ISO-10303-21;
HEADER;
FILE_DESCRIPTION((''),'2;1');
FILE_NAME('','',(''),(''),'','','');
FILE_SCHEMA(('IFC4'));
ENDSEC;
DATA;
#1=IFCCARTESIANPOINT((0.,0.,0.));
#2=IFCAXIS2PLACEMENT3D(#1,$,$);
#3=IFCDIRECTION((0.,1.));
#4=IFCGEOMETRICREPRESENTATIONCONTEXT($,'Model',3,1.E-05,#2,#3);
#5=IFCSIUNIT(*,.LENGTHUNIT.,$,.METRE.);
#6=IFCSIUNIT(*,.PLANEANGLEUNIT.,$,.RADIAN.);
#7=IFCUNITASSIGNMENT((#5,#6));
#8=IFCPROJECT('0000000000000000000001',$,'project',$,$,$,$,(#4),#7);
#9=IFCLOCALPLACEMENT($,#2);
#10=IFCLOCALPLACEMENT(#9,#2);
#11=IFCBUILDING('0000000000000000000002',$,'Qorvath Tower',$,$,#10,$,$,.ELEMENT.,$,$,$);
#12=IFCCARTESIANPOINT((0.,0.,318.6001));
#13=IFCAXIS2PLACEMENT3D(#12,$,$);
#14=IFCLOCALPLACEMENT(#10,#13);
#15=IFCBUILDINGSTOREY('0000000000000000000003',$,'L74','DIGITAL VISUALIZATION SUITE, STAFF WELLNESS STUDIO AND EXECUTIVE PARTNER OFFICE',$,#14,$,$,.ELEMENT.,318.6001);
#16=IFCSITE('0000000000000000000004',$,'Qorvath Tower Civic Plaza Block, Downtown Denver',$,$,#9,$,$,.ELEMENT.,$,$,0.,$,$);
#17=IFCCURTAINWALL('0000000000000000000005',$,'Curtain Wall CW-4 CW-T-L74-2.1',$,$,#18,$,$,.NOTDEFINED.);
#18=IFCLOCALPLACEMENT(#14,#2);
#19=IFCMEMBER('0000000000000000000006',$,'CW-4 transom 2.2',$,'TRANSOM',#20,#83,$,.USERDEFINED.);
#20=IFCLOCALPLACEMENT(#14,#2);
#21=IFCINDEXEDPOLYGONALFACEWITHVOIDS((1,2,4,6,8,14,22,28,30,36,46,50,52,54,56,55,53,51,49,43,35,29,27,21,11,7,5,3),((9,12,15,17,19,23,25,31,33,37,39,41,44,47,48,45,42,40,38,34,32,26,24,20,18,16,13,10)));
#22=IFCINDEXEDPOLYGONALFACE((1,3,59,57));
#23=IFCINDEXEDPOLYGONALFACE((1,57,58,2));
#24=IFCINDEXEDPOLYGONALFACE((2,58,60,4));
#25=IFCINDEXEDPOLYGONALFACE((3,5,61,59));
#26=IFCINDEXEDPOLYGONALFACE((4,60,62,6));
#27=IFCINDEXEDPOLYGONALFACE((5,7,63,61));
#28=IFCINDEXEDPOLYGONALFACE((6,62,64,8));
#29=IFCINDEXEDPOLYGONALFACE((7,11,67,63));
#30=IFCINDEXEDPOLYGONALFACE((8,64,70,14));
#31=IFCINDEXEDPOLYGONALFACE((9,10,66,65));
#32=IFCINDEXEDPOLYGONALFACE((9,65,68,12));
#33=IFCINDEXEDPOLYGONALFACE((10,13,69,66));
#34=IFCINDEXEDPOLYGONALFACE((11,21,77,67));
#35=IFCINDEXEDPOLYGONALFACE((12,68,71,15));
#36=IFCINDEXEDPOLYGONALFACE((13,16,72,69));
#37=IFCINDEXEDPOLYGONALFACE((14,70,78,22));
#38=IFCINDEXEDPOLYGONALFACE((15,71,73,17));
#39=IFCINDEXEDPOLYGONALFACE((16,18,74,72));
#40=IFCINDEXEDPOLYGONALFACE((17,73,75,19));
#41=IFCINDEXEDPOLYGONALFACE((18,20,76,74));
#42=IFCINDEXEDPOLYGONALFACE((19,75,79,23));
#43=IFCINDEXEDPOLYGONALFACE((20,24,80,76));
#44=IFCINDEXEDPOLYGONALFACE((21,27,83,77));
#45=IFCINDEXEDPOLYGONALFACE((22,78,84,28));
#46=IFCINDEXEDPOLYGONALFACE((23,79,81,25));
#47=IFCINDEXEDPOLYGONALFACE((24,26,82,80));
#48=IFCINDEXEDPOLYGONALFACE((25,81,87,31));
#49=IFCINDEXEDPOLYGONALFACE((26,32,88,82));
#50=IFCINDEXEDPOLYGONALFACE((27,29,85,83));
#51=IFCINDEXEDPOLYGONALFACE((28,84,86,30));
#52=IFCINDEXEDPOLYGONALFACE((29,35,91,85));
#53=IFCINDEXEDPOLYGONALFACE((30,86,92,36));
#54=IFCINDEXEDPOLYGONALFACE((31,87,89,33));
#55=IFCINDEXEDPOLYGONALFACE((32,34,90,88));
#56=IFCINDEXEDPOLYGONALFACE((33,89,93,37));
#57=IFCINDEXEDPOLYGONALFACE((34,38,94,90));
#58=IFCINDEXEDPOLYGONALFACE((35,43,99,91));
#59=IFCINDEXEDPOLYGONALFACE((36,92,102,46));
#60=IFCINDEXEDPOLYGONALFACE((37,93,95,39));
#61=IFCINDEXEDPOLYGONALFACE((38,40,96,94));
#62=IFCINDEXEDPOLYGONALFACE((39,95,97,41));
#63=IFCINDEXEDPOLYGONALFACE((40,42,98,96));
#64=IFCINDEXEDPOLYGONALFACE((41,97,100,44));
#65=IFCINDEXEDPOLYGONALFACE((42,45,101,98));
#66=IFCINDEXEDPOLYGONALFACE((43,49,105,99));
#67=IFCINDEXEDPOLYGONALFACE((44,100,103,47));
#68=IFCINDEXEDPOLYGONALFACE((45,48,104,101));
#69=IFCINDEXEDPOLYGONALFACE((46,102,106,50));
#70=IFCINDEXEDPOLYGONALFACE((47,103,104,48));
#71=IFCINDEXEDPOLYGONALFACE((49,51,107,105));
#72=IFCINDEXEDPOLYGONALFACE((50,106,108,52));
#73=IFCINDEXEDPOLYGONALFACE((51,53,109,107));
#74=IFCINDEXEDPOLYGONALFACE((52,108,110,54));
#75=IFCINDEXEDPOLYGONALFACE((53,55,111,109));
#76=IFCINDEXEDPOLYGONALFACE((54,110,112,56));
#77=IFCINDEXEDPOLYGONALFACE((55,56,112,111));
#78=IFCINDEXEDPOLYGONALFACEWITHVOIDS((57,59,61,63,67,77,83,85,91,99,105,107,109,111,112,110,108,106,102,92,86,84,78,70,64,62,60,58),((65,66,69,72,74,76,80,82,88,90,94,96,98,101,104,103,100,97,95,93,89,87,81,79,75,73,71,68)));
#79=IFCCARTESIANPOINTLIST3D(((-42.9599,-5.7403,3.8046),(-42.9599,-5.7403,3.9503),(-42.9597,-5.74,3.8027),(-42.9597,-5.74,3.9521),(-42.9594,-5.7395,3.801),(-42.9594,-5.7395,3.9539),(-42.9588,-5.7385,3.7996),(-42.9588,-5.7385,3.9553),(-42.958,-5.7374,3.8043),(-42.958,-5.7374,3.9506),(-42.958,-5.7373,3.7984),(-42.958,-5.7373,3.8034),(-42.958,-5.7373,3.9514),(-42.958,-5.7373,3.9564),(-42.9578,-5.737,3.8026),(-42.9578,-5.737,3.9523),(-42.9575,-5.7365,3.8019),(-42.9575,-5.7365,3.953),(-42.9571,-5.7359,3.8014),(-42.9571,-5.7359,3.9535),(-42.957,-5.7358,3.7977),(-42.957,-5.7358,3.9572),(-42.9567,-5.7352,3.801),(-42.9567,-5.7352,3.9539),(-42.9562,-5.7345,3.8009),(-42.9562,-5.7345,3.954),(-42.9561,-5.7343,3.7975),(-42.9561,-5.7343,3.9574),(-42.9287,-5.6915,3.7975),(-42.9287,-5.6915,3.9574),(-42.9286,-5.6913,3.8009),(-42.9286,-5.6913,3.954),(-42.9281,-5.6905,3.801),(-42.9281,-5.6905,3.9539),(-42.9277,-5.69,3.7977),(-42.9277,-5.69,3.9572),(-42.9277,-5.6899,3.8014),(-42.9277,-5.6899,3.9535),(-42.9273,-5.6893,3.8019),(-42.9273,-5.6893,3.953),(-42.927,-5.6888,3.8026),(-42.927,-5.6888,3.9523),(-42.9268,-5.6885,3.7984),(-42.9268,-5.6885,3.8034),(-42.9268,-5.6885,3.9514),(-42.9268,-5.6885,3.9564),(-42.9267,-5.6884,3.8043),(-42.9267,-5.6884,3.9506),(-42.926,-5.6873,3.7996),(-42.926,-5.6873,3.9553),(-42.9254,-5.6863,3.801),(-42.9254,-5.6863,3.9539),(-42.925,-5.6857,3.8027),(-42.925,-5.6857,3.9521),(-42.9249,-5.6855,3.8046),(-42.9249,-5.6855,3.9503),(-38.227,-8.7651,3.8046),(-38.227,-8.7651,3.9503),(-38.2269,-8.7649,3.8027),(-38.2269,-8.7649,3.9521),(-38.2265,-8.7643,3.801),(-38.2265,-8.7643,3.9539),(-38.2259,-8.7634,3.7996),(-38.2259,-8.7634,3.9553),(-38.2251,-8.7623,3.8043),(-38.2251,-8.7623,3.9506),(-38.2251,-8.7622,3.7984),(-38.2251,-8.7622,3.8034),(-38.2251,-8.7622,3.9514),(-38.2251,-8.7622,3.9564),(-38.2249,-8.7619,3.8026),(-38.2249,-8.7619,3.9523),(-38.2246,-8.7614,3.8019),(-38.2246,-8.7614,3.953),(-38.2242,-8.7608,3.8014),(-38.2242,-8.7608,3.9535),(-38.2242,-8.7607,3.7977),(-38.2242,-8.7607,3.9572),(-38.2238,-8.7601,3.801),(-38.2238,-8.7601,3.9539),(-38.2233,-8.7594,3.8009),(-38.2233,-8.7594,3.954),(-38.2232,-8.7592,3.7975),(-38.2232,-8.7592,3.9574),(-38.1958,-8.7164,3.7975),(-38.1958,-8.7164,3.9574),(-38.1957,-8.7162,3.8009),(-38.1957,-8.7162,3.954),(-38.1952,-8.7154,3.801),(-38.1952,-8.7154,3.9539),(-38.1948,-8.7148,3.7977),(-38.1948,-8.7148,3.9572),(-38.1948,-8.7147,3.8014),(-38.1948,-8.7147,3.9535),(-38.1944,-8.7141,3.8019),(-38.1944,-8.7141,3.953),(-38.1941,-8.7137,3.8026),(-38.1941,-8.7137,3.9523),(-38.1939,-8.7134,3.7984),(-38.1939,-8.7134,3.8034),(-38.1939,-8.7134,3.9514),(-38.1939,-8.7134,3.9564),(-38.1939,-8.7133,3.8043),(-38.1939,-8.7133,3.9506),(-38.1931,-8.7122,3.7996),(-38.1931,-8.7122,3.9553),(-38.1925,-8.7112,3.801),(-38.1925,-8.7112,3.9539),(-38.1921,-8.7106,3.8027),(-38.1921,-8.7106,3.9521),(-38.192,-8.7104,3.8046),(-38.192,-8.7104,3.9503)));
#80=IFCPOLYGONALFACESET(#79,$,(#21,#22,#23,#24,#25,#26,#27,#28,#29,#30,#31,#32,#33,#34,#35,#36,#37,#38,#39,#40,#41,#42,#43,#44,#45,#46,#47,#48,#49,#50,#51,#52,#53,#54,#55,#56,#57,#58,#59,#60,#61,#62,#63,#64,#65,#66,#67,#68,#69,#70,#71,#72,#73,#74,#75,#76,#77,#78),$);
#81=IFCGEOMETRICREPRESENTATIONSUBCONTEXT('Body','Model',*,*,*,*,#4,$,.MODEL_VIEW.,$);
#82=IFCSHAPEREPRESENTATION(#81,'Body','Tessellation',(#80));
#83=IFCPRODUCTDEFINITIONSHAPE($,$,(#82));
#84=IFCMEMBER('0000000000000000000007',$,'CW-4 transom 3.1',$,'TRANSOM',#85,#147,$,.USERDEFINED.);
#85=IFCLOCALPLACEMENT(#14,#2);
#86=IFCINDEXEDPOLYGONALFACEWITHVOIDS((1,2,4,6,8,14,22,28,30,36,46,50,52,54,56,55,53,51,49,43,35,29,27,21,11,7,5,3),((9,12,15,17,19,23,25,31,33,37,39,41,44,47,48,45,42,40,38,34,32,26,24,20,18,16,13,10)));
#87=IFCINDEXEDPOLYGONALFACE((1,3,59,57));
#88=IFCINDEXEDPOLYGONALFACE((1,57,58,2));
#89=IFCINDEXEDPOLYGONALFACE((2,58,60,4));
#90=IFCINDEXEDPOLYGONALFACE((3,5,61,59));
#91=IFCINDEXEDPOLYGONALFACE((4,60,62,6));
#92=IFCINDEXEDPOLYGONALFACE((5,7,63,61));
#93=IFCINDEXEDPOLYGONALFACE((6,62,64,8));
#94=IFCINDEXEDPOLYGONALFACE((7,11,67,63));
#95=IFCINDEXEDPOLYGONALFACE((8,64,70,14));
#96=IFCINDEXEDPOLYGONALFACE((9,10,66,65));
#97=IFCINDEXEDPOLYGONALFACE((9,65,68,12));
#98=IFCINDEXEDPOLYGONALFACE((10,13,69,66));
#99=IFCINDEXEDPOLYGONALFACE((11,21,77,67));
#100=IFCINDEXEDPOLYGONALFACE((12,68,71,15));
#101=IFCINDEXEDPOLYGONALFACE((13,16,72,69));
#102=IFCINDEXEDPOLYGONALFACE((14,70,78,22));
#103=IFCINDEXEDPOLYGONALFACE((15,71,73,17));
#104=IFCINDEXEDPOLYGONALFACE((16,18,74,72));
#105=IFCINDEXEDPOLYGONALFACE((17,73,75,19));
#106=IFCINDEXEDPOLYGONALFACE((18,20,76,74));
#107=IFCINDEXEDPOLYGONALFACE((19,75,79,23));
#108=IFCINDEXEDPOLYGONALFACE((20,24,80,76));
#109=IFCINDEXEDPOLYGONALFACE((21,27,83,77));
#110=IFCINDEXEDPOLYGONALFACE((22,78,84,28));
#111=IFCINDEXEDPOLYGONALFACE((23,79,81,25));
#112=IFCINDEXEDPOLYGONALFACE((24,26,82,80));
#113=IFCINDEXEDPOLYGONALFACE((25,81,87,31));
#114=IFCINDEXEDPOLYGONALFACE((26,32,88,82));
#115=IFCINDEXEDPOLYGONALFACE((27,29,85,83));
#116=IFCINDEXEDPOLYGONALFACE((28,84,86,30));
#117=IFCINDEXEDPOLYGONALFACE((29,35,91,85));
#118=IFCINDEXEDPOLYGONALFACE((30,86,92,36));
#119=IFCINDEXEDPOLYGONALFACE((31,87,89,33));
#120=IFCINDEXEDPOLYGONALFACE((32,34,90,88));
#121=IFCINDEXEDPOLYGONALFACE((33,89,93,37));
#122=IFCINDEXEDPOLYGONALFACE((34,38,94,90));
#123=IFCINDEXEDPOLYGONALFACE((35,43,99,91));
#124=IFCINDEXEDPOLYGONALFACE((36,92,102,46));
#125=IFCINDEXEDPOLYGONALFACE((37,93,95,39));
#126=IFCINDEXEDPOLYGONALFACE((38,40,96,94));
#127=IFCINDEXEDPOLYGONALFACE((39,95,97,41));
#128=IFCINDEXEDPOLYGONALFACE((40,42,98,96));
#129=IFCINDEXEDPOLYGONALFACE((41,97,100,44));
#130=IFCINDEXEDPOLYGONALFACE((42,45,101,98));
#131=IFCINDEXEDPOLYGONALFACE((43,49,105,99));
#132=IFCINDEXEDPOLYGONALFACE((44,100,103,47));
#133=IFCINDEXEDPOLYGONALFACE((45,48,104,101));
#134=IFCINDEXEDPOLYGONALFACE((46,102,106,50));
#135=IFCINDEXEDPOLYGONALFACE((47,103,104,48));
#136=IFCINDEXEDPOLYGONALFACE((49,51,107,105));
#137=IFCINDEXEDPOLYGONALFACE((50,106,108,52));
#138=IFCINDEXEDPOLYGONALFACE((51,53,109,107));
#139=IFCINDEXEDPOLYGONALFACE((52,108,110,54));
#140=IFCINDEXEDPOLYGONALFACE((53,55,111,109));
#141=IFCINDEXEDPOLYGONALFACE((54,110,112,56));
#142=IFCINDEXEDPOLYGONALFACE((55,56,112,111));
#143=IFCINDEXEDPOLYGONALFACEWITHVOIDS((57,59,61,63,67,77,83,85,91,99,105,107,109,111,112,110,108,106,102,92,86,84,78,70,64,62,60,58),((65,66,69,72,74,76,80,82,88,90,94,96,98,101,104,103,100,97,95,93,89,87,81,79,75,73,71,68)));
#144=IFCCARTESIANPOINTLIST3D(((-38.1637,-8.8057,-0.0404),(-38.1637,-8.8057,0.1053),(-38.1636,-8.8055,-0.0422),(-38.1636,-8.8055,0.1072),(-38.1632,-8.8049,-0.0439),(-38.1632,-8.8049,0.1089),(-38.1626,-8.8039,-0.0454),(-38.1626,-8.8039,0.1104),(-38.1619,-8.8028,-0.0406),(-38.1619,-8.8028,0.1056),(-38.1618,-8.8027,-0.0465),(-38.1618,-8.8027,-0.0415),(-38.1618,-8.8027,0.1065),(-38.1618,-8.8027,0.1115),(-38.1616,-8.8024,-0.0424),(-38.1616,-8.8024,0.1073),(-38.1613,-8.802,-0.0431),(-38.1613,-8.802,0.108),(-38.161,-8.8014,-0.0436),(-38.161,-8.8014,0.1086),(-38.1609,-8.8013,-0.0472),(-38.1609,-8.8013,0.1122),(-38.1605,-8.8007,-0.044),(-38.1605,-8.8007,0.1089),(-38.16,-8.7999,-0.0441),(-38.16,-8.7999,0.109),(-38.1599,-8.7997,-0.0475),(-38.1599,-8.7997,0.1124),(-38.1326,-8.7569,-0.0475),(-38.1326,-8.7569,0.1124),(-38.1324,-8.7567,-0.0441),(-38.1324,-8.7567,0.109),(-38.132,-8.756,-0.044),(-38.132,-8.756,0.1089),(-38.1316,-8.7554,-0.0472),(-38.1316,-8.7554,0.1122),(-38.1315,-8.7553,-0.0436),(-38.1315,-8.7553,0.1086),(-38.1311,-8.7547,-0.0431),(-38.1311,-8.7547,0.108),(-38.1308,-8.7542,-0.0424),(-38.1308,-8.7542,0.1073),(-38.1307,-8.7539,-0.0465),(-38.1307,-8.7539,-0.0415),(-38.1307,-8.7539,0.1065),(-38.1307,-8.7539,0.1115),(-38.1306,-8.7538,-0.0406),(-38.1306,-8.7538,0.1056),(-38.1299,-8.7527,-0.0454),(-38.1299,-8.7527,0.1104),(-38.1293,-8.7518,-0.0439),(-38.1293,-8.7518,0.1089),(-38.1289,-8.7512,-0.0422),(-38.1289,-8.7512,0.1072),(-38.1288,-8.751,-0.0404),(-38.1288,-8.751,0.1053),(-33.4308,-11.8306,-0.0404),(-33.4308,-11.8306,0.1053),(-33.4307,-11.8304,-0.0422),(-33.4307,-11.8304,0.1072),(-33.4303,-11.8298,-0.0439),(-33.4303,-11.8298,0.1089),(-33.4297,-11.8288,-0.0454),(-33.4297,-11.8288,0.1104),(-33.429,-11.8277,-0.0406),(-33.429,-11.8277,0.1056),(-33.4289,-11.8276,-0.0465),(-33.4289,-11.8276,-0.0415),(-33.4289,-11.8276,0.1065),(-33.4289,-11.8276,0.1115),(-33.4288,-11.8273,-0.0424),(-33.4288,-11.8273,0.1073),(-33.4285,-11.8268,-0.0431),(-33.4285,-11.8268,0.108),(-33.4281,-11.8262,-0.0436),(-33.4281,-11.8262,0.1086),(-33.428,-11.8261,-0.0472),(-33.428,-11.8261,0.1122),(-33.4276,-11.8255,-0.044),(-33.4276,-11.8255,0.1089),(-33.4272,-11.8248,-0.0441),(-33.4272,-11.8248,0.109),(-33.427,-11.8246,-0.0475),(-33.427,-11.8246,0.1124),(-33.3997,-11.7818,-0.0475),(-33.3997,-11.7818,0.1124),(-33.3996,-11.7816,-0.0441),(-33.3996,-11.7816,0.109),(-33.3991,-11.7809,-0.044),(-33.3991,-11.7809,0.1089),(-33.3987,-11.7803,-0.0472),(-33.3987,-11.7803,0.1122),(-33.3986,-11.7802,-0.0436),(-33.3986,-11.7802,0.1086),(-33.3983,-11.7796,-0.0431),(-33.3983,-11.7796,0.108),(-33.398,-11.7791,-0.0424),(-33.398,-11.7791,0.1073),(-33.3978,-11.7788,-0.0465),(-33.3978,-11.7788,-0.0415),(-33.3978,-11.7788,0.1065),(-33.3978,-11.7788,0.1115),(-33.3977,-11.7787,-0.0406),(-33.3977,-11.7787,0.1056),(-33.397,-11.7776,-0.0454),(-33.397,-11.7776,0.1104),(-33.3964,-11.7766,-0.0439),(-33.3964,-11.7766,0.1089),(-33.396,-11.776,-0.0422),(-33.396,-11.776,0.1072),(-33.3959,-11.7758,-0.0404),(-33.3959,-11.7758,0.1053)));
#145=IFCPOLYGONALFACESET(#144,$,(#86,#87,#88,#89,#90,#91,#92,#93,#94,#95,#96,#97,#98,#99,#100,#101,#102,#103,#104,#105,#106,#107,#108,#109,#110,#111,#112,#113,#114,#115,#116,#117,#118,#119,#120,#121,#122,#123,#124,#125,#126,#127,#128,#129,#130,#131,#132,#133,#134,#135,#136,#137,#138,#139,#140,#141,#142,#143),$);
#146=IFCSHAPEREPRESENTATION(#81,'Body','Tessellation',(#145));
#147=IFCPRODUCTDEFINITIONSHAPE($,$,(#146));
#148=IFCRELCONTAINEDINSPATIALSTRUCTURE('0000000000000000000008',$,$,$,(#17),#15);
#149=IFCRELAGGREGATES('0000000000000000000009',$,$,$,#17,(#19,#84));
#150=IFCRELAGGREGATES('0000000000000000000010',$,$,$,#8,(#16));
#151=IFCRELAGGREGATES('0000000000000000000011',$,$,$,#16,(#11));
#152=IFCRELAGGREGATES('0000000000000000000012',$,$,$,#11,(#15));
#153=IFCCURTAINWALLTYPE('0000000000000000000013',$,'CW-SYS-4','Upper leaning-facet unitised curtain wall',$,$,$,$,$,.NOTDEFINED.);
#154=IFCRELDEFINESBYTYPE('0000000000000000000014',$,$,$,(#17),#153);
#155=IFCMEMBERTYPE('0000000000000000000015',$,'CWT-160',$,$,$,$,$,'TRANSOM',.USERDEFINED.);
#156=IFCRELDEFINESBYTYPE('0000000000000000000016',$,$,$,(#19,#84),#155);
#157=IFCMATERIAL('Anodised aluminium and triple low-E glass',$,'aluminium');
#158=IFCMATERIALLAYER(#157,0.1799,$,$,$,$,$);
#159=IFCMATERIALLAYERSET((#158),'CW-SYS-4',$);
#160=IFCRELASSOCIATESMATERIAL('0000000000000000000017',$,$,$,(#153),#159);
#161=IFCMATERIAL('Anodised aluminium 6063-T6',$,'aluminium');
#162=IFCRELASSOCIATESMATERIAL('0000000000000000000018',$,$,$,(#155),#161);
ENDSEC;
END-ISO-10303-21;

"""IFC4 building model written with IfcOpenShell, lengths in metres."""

from ifc_helpers import new_model, si_unit, direction, frame, origin, origin_2d, place, context, subcontext, project, spatial, hollow_rectangle, extrude, material, layer, layer_set, material_profile, profile_set, type_object, element, aggregate, save


model = new_model("IFC4")

# Units and contexts
model_context = context("Model", 3, precision=1e-05, world=origin(), true_north=direction((0.0, 1.0)))
body_context = subcontext(model_context, "Body", "Model", "MODEL_VIEW")
ifc_project = project(units=[si_unit("LENGTHUNIT", "METRE"), si_unit("PLANEANGLEUNIT", "RADIAN")], contexts=[model_context])

# Site, building, storey
site_placement = place(None, origin())
site = spatial("IfcSite", under=ifc_project, at=site_placement, Name="Qorvath Tower Civic Plaza Block, Downtown Denver", CompositionType="ELEMENT", RefElevation=0.0)
building_placement = place(site_placement, origin())
building = spatial("IfcBuilding", under=site, at=building_placement, Name="Qorvath Tower", CompositionType="ELEMENT")
storey_placement = place(building_placement, frame((0.0, 0.0, 318.6001)))
storey = spatial("IfcBuildingStorey", under=building, at=storey_placement, Name="L74", Description="DIGITAL VISUALIZATION SUITE, STAFF WELLNESS STUDIO AND EXECUTIVE PARTNER OFFICE", CompositionType="ELEMENT", Elevation=318.6001)

# Curtain wall, members
ifc_material_1 = material(Name="Anodised aluminium and triple low-E glass", Category="aluminium")
ifc_layer_1 = layer(ifc_material_1, 0.1799)
ifc_layer_set_1 = layer_set([ifc_layer_1], Name="CW-SYS-4")
curtain_wall_type = type_object("IfcCurtainWallType", Name="CW-SYS-4", Description="Upper leaning-facet unitised curtain wall", PredefinedType="NOTDEFINED", material=ifc_layer_set_1)
curtain_wall_placement = place(storey_placement, origin())
curtain_wall = element("IfcCurtainWall", 1, at=curtain_wall_placement, inside=storey, type_object=curtain_wall_type, Name="Curtain Wall CW-4 CW-T-L74-2.1", PredefinedType="NOTDEFINED")
ifc_material_2 = material(Name="Anodised aluminium 6063-T6", Category="aluminium")
ifc_material_profile_1 = material_profile(ifc_material_2, hollow_rectangle(XDim=0.0649, YDim=0.1599, WallThickness=0.0034, InnerFilletRadius=0.0034, OuterFilletRadius=0.0071, at=origin_2d()), Name="CWT 160x65")
ifc_profile_set_1 = profile_set([ifc_material_profile_1], Name="Anodised aluminium 6063-T6")
member_type_1 = type_object("IfcMemberType", Name="CWT-160", ElementType="TRANSOM", PredefinedType="USERDEFINED", material=ifc_profile_set_1)
member_1_placement = place(storey_placement, frame((-42.9424, -5.7129, 3.8774), z_axis=(0.842608, -0.538528, 0.0), x_axis=(0.538528, 0.842608, 0.0)))
member_1 = element("IfcMember", 2, at=member_1_placement, type_object=member_type_1, Name="CW-4 transom 2.2", ObjectType="TRANSOM", PredefinedType="USERDEFINED", context=body_context, shape_type="SweptSolid", body=[
    extrude(hollow_rectangle(XDim=0.0649, YDim=0.1599, WallThickness=0.0034, InnerFilletRadius=0.0034, OuterFilletRadius=0.0071, at=origin_2d()), origin(), (0.0, 0.0, 1.0), 5.6169),
])
member_2_placement = place(storey_placement, frame((-38.1462, -8.7783, 0.0325), z_axis=(0.842608, -0.538528, 0.0), x_axis=(0.538528, 0.842608, 0.0)))
member_2 = element("IfcMember", 3, at=member_2_placement, type_object=member_type_1, Name="CW-4 transom 3.1", ObjectType="TRANSOM", PredefinedType="USERDEFINED", context=body_context, shape_type="SweptSolid", body=[
    extrude(hollow_rectangle(XDim=0.0649, YDim=0.1599, WallThickness=0.0034, InnerFilletRadius=0.0034, OuterFilletRadius=0.0071, at=origin_2d()), origin(), (0.0, 0.0, 1.0), 5.6169),
])
aggregate(curtain_wall, [member_1, member_2])

save(model, "model.ifc")
